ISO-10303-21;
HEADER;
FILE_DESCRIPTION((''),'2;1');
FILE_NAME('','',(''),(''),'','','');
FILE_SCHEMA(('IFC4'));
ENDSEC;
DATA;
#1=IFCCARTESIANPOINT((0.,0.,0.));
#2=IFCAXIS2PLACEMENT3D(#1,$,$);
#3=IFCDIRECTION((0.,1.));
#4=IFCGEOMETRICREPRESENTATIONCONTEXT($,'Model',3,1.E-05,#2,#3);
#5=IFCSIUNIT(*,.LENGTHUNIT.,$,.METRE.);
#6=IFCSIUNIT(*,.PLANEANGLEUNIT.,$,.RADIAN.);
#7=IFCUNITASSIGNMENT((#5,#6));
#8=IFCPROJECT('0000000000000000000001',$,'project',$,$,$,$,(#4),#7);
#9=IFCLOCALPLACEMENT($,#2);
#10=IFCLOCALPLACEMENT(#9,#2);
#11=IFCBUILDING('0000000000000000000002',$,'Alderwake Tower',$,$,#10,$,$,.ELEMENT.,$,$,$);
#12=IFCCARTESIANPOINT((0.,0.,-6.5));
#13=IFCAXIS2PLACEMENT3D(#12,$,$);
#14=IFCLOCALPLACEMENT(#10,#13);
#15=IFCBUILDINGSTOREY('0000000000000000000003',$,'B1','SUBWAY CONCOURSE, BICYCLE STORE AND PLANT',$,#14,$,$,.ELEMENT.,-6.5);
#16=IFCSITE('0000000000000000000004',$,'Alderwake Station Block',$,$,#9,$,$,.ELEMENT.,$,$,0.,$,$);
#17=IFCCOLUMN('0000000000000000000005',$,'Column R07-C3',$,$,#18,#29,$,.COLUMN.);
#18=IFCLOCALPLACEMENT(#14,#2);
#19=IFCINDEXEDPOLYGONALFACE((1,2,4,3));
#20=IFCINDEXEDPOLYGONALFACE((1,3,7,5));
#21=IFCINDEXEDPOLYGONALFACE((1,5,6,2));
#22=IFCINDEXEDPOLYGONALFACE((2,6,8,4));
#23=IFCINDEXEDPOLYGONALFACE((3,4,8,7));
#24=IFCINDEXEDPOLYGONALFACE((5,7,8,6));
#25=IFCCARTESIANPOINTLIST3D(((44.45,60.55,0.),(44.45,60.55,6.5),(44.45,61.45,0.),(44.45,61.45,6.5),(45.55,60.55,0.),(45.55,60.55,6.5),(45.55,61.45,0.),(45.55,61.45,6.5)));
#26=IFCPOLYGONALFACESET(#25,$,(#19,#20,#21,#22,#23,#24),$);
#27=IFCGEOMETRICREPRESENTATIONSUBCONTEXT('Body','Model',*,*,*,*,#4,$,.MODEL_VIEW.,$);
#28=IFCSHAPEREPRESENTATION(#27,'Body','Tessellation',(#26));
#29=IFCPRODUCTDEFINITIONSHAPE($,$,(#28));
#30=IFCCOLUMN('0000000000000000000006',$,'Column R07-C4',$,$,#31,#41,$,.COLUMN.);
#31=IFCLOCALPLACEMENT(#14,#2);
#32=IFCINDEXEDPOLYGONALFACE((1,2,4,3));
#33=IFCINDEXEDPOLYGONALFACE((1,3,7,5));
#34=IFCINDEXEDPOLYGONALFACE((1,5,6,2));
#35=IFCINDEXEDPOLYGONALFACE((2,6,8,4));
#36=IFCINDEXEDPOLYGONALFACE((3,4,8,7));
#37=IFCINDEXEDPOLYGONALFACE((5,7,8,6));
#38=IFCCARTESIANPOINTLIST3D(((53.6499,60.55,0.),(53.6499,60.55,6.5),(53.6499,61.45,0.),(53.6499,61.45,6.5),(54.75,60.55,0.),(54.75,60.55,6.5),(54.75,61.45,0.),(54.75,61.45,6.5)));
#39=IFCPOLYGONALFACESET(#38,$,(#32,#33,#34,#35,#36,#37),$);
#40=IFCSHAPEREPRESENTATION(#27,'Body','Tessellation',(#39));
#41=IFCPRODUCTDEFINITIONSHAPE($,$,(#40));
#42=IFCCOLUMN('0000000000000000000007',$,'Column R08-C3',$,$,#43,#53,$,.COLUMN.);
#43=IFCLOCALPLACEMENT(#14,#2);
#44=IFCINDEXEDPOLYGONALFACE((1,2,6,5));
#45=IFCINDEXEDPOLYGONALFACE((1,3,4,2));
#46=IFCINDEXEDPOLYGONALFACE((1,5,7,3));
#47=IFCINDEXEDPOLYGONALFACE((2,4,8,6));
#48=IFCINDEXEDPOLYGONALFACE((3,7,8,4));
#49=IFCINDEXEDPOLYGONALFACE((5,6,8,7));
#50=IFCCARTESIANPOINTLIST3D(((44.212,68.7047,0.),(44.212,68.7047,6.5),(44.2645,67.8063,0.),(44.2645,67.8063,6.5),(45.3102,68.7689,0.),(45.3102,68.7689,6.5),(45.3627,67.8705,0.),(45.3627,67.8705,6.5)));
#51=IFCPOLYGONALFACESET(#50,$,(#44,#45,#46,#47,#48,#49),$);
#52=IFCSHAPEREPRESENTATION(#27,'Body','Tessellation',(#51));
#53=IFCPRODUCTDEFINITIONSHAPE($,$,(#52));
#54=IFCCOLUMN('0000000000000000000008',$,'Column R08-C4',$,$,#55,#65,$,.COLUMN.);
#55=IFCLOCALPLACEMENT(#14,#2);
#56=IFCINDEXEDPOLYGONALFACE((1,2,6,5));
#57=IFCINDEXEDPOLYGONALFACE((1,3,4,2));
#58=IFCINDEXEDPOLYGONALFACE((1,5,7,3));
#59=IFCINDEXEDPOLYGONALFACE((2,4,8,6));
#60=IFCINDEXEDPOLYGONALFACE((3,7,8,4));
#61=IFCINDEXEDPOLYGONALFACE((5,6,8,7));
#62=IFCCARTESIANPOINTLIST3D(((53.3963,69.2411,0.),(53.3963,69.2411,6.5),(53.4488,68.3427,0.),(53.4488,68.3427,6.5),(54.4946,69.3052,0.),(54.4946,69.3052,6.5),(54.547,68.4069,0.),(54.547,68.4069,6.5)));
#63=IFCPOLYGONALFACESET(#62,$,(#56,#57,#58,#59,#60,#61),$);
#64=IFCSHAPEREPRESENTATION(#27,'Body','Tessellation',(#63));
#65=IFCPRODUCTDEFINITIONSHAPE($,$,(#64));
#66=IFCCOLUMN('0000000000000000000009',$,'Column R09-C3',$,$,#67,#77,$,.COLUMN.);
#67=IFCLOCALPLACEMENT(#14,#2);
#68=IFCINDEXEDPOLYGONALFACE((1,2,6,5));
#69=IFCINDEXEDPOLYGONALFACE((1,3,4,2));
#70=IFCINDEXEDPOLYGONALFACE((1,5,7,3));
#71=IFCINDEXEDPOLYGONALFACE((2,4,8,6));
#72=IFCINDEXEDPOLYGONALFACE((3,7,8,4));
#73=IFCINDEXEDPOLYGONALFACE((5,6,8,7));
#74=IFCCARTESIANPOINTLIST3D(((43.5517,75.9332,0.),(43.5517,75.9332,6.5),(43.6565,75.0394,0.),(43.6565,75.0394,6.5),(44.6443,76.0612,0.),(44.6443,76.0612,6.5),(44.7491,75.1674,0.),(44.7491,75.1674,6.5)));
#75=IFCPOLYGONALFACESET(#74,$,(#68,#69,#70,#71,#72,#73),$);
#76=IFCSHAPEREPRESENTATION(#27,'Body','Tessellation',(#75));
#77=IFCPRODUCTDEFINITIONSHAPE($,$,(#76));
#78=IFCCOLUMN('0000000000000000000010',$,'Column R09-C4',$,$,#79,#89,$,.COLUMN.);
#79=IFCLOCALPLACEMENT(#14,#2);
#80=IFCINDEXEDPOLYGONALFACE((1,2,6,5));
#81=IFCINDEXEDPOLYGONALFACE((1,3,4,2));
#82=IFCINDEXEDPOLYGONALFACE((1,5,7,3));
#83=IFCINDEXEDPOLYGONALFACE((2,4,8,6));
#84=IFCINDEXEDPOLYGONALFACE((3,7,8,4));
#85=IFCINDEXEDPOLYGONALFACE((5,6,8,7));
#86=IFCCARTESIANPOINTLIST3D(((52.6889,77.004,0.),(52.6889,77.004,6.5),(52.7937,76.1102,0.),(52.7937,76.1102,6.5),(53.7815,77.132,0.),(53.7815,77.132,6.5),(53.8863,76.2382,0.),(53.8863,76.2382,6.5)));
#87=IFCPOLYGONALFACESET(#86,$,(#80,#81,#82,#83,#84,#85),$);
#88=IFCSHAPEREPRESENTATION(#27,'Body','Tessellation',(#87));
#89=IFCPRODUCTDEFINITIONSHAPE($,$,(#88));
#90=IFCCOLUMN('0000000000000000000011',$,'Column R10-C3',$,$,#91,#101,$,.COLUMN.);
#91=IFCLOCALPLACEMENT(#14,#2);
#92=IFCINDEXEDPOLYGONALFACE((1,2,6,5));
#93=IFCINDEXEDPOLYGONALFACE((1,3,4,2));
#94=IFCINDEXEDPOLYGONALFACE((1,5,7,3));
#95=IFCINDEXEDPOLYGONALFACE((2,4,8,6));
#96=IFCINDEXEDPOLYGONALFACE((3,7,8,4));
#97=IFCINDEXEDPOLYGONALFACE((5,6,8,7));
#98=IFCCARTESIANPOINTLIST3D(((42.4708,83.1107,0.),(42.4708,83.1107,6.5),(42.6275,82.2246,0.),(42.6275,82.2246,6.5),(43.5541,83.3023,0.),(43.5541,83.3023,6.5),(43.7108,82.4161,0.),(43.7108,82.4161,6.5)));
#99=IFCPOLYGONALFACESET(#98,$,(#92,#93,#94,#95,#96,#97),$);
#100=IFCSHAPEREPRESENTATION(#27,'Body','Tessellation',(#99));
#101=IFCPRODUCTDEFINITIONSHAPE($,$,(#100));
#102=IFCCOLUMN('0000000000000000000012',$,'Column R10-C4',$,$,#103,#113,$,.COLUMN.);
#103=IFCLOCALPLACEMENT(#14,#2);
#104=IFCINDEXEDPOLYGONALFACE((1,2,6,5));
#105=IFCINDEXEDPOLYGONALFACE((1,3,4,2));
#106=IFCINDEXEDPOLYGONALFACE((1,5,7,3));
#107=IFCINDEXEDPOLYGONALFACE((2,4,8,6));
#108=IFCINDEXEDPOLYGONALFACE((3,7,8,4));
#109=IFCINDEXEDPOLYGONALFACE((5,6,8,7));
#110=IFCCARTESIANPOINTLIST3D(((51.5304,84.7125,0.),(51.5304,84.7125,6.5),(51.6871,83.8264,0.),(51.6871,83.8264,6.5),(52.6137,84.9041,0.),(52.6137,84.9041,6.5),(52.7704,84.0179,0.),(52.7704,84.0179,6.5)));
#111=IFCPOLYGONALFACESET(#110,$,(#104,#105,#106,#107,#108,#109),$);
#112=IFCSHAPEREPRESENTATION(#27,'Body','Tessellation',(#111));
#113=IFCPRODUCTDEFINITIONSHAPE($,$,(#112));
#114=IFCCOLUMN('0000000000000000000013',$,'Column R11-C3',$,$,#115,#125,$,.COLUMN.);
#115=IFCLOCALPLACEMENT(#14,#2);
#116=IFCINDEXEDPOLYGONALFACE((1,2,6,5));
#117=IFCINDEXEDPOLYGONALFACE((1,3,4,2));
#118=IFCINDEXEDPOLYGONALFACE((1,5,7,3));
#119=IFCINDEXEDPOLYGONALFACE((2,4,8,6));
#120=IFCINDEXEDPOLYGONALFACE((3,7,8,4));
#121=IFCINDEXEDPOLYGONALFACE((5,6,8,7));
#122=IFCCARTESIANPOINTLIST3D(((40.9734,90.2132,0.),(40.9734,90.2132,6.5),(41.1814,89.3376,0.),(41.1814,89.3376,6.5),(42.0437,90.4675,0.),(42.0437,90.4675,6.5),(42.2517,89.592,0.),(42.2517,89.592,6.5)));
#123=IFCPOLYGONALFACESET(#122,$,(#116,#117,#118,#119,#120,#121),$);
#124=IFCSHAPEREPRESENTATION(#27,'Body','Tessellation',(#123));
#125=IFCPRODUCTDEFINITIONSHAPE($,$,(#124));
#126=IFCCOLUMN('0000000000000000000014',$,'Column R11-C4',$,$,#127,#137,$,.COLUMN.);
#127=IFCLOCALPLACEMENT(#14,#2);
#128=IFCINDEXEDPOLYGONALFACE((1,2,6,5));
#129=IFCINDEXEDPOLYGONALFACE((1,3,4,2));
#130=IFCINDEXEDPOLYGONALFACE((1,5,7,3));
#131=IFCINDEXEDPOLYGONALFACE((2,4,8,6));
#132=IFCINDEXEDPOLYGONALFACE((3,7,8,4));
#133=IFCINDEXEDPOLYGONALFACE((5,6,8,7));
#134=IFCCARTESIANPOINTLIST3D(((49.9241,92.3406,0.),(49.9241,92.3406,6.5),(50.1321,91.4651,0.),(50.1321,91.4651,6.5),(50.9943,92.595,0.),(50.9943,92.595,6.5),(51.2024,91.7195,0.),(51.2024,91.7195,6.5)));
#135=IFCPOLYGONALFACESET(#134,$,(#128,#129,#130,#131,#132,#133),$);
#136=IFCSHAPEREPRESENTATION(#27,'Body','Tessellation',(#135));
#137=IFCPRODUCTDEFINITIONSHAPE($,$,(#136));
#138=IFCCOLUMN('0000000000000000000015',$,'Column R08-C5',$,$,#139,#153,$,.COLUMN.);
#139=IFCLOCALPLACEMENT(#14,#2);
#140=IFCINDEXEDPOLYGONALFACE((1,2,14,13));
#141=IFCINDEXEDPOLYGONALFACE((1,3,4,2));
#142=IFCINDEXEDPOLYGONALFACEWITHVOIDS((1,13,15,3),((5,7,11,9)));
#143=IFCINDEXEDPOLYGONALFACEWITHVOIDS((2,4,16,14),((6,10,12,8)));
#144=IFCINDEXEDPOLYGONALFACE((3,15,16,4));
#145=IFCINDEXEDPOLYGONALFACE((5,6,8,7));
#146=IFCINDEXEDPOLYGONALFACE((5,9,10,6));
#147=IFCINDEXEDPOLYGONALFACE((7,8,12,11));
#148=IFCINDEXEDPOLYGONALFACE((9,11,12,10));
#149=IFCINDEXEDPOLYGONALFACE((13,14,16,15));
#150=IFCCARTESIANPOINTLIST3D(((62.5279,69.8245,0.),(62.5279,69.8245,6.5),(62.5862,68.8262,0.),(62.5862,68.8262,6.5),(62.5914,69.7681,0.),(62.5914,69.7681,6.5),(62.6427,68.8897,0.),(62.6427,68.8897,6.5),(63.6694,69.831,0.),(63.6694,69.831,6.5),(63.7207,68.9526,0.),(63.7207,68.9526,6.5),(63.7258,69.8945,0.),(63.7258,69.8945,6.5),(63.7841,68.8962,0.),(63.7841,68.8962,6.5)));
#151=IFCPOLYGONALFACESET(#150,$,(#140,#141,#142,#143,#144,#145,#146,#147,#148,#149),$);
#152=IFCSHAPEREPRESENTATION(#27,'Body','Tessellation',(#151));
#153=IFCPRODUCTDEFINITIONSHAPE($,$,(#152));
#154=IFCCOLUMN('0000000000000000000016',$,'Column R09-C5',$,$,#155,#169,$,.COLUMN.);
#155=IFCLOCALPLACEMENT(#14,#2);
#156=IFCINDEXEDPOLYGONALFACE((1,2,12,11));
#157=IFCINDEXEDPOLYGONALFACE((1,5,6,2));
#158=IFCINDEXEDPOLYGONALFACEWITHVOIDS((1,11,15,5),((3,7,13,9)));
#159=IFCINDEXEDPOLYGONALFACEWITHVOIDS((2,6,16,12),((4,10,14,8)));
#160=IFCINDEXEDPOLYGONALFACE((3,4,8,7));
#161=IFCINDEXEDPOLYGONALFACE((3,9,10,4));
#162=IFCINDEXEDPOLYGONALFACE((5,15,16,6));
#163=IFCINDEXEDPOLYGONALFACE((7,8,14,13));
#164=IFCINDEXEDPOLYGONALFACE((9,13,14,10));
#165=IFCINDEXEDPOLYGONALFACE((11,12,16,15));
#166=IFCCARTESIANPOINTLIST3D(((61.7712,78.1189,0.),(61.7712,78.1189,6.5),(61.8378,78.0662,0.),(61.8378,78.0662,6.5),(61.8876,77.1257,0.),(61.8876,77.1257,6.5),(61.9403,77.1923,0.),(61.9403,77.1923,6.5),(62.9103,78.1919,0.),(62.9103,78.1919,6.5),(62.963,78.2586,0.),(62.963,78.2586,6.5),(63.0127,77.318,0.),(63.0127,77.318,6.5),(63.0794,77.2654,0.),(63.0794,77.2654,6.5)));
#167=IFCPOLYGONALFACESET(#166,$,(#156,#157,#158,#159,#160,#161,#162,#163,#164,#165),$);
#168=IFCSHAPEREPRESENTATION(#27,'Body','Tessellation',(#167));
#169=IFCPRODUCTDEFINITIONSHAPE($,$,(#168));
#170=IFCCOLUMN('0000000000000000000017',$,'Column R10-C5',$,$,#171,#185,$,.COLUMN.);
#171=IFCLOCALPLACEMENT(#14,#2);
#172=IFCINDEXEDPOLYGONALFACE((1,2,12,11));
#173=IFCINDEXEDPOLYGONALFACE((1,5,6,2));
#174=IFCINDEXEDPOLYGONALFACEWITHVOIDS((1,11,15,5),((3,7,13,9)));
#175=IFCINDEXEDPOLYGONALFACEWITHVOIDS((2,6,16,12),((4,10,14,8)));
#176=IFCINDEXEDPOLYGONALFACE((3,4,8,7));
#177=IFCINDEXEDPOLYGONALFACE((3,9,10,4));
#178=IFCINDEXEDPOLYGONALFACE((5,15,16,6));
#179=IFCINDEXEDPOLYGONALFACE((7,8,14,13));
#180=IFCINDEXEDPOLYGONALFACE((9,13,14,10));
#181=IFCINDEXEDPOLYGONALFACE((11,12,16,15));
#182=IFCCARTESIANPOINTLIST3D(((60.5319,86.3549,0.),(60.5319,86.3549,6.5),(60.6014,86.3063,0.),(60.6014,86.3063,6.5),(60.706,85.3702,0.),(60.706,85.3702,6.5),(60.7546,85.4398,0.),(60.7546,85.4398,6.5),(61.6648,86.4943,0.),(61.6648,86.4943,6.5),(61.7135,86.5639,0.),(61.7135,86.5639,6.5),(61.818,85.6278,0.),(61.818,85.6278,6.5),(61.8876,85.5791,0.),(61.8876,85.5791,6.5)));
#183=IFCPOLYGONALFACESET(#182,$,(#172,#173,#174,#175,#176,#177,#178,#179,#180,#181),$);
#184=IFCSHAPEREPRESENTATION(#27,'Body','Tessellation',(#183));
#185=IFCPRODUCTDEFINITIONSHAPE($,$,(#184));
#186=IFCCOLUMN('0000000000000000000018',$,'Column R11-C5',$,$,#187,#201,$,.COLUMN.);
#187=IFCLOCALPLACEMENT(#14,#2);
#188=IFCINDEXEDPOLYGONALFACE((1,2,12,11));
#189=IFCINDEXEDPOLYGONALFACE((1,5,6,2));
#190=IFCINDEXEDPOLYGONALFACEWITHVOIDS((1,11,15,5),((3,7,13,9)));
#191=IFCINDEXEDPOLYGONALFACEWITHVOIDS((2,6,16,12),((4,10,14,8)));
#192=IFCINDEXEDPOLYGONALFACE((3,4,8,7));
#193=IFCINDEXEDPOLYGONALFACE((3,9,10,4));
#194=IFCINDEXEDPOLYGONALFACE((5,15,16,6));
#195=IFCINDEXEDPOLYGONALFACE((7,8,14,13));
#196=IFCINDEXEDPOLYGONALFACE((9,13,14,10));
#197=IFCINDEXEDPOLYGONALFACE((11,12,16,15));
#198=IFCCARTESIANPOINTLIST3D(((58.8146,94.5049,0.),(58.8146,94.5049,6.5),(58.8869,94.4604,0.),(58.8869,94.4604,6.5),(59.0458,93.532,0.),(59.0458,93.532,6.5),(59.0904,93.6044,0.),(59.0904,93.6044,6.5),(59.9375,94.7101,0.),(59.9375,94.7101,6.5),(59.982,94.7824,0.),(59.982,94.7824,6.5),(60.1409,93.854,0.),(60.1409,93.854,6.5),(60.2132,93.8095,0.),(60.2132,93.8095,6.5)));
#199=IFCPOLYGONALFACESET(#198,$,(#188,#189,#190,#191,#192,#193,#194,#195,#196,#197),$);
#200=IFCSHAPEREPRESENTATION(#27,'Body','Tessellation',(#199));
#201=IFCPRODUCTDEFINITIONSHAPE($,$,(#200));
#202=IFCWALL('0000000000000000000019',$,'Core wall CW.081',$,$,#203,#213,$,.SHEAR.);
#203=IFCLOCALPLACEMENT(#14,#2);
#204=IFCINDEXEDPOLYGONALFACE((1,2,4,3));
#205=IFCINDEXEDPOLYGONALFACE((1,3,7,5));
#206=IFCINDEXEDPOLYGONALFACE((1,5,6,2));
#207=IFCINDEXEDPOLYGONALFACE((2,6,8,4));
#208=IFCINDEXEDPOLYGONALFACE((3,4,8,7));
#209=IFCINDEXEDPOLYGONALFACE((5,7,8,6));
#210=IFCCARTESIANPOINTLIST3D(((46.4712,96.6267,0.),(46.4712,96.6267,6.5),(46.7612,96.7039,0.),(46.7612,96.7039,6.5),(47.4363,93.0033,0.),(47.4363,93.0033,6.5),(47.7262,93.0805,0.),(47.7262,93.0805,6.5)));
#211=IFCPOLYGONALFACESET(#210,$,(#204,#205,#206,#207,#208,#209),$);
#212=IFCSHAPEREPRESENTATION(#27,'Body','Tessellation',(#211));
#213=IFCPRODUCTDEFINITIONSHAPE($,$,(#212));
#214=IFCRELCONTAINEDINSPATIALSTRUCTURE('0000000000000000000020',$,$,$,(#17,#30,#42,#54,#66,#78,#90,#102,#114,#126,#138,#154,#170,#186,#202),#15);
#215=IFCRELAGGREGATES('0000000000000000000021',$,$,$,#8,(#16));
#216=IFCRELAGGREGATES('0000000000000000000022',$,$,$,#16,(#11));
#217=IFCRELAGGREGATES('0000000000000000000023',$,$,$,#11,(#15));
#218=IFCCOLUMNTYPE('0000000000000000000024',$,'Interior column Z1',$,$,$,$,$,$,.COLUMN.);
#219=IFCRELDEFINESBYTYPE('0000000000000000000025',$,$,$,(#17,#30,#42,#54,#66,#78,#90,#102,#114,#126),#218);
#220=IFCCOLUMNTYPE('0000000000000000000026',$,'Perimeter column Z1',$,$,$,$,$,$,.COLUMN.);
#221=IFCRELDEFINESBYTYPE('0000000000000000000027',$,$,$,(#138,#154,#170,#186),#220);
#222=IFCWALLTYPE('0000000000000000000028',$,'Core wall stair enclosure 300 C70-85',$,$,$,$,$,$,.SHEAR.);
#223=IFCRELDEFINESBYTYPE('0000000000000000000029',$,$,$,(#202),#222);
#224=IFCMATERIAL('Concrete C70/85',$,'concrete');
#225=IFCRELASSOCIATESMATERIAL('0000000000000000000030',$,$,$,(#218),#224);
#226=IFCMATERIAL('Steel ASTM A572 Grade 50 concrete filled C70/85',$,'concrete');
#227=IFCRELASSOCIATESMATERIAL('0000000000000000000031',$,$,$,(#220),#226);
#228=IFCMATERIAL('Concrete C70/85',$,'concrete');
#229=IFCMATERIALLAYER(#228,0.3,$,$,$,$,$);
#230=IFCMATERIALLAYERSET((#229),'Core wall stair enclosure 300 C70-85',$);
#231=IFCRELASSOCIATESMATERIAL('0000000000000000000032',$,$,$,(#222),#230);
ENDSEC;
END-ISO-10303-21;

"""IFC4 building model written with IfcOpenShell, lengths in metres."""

from ifc_helpers import new_model, si_unit, direction, frame, frame_2d, origin, origin_2d, place, context, subcontext, project, spatial, rectangle, hollow_rectangle, extrude, material, layer, layer_set, material_profile, profile_set, type_object, element, save


model = new_model("IFC4")

# Units and contexts
model_context = context("Model", 3, precision=1e-05, world=origin(), true_north=direction((0.0, 1.0)))
body_context = subcontext(model_context, "Body", "Model", "MODEL_VIEW")
ifc_project = project(units=[si_unit("LENGTHUNIT", "METRE"), si_unit("PLANEANGLEUNIT", "RADIAN")], contexts=[model_context])

# Site, building, storey
site_placement = place(None, origin())
site = spatial("IfcSite", under=ifc_project, at=site_placement, Name="Alderwake Station Block", CompositionType="ELEMENT", RefElevation=0.0)
building_placement = place(site_placement, origin())
building = spatial("IfcBuilding", under=site, at=building_placement, Name="Alderwake Tower", CompositionType="ELEMENT")
storey_placement = place(building_placement, frame((0.0, 0.0, -6.5)))
storey = spatial("IfcBuildingStorey", under=building, at=storey_placement, Name="B1", Description="SUBWAY CONCOURSE, BICYCLE STORE AND PLANT", CompositionType="ELEMENT", Elevation=-6.5)

# Columns
ifc_material_1 = material(Name="Concrete C70/85", Category="concrete")
ifc_material_profile_1 = material_profile(ifc_material_1, rectangle(XDim=0.8999, YDim=1.1001, at=origin_2d()), Name="RC 1100X900")
ifc_profile_set_1 = profile_set([ifc_material_profile_1], Name="Concrete C70/85")
column_type_1 = type_object("IfcColumnType", Name="Interior column Z1", PredefinedType="COLUMN", material=ifc_profile_set_1)
for number, where, z_axis, x_axis, name in (
    (1, (45.0, 61.0, 0.0), (0.0, 0.0, 1.0), (0.0, 1.0, 0.0), "Column R07-C3"),
    (2, (54.2, 61.0, 0.0), (0.0, 0.0, 1.0), (0.0, 1.0, 0.0), "Column R07-C4"),
    (3, (44.7874, 68.2876, 0.0), (0.0, 0.0, 1.0), (-0.058299, 0.998299, 0.0), "Column R08-C3"),
    (4, (53.9717, 68.824, 0.0), (0.0, 0.0, 1.0), (-0.058301, 0.998299, 0.0), "Column R08-C4"),
    (5, (44.1504, 75.5503, 0.0), (0.0, 0.0, 1.0), (-0.116402, 0.993202, 0.0), "Column R09-C3"),
    (6, (53.2876, 76.6211, 0.0), (0.0, 0.0, 1.0), (-0.116402, 0.993202, 0.0), "Column R09-C4"),
    (7, (43.0908, 82.7634, 0.0), (0.0, 0.0, 1.0), (-0.174109, 0.984726, 0.0), "Column R10-C3"),
    (8, (52.1504, 84.3652, 0.0), (0.0, 0.0, 1.0), (-0.174109, 0.984726, 0.0), "Column R10-C4"),
    (9, (41.6125, 89.9026, 0.0), (0.0, 0.0, 1.0), (-0.231222, 0.972901, 0.0), "Column R11-C3"),
    (10, (50.5632, 92.03, 0.0), (0.0, 0.0, 1.0), (-0.231222, 0.972901, 0.0), "Column R11-C4"),
):
    element("IfcColumn", number, at=place(storey_placement, frame(where, z_axis=z_axis, x_axis=x_axis)), inside=storey, type_object=column_type_1, Name=name, PredefinedType="COLUMN", context=body_context, shape_type="SweptSolid", body=[
        extrude(rectangle(XDim=0.8999, YDim=1.1001, at=origin_2d()), origin(), (0.0, 0.0, 1.0), 6.5),
    ])
ifc_material_2 = material(Name="Steel ASTM A572 Grade 50 concrete filled C70/85", Category="concrete")
ifc_material_profile_2 = material_profile(ifc_material_2, hollow_rectangle(XDim=1.0, YDim=1.2, WallThickness=0.0601, at=origin_2d()), Name="BOX 1200X1000X60")
ifc_profile_set_2 = profile_set([ifc_material_profile_2], Name="Steel ASTM A572 Grade 50 concrete filled C70/85")
column_type_2 = type_object("IfcColumnType", Name="Perimeter column Z1", PredefinedType="COLUMN", material=ifc_profile_set_2)
for number, where, z_axis, x_axis, name in (
    (11, (63.156, 69.3604, 0.0), (0.0, 0.0, 1.0), (-0.058301, 0.998299, 0.0), "Column R08-C5"),
    (12, (62.4253, 77.6921, 0.0), (0.0, 0.0, 1.0), (-0.116402, 0.993202, 0.0), "Column R09-C5"),
    (13, (61.2097, 85.967, 0.0), (0.0, 0.0, 1.0), (-0.174109, 0.984726, 0.0), "Column R10-C5"),
    (14, (59.5139, 94.1572, 0.0), (0.0, 0.0, 1.0), (-0.231222, 0.972901, 0.0), "Column R11-C5"),
):
    element("IfcColumn", number, at=place(storey_placement, frame(where, z_axis=z_axis, x_axis=x_axis)), inside=storey, type_object=column_type_2, Name=name, PredefinedType="COLUMN", context=body_context, shape_type="SweptSolid", body=[
        extrude(hollow_rectangle(XDim=1.0, YDim=1.2, WallThickness=0.0601, at=origin_2d()), origin(), (0.0, 0.0, 1.0), 6.5),
    ])

# Wall
ifc_material_3 = material(Name="Concrete C70/85", Category="concrete")
ifc_layer_1 = layer(ifc_material_3, 0.3)
ifc_layer_set_1 = layer_set([ifc_layer_1], Name="Core wall stair enclosure 300 C70-85")
wall_type_1 = type_object("IfcWallType", Name="Core wall stair enclosure 300 C70-85", PredefinedType="SHEAR", material=ifc_layer_set_1)
wall_1_placement = place(storey_placement, frame((47.5813, 93.0417, 0.0), z_axis=(0.0, 0.0, 1.0), x_axis=(-0.257367, 0.966314, 0.0)))
element("IfcWall", 15, at=wall_1_placement, inside=storey, type_object=wall_type_1, Name="Core wall CW.081", PredefinedType="SHEAR", context=body_context, shape_type="SweptSolid", body=[
    extrude(rectangle(XDim=3.7498, YDim=0.3, at=frame_2d((1.875, 0.0))), origin(), (0.0, 0.0, 1.0), 6.5),
])

save(model, "model.ifc")
